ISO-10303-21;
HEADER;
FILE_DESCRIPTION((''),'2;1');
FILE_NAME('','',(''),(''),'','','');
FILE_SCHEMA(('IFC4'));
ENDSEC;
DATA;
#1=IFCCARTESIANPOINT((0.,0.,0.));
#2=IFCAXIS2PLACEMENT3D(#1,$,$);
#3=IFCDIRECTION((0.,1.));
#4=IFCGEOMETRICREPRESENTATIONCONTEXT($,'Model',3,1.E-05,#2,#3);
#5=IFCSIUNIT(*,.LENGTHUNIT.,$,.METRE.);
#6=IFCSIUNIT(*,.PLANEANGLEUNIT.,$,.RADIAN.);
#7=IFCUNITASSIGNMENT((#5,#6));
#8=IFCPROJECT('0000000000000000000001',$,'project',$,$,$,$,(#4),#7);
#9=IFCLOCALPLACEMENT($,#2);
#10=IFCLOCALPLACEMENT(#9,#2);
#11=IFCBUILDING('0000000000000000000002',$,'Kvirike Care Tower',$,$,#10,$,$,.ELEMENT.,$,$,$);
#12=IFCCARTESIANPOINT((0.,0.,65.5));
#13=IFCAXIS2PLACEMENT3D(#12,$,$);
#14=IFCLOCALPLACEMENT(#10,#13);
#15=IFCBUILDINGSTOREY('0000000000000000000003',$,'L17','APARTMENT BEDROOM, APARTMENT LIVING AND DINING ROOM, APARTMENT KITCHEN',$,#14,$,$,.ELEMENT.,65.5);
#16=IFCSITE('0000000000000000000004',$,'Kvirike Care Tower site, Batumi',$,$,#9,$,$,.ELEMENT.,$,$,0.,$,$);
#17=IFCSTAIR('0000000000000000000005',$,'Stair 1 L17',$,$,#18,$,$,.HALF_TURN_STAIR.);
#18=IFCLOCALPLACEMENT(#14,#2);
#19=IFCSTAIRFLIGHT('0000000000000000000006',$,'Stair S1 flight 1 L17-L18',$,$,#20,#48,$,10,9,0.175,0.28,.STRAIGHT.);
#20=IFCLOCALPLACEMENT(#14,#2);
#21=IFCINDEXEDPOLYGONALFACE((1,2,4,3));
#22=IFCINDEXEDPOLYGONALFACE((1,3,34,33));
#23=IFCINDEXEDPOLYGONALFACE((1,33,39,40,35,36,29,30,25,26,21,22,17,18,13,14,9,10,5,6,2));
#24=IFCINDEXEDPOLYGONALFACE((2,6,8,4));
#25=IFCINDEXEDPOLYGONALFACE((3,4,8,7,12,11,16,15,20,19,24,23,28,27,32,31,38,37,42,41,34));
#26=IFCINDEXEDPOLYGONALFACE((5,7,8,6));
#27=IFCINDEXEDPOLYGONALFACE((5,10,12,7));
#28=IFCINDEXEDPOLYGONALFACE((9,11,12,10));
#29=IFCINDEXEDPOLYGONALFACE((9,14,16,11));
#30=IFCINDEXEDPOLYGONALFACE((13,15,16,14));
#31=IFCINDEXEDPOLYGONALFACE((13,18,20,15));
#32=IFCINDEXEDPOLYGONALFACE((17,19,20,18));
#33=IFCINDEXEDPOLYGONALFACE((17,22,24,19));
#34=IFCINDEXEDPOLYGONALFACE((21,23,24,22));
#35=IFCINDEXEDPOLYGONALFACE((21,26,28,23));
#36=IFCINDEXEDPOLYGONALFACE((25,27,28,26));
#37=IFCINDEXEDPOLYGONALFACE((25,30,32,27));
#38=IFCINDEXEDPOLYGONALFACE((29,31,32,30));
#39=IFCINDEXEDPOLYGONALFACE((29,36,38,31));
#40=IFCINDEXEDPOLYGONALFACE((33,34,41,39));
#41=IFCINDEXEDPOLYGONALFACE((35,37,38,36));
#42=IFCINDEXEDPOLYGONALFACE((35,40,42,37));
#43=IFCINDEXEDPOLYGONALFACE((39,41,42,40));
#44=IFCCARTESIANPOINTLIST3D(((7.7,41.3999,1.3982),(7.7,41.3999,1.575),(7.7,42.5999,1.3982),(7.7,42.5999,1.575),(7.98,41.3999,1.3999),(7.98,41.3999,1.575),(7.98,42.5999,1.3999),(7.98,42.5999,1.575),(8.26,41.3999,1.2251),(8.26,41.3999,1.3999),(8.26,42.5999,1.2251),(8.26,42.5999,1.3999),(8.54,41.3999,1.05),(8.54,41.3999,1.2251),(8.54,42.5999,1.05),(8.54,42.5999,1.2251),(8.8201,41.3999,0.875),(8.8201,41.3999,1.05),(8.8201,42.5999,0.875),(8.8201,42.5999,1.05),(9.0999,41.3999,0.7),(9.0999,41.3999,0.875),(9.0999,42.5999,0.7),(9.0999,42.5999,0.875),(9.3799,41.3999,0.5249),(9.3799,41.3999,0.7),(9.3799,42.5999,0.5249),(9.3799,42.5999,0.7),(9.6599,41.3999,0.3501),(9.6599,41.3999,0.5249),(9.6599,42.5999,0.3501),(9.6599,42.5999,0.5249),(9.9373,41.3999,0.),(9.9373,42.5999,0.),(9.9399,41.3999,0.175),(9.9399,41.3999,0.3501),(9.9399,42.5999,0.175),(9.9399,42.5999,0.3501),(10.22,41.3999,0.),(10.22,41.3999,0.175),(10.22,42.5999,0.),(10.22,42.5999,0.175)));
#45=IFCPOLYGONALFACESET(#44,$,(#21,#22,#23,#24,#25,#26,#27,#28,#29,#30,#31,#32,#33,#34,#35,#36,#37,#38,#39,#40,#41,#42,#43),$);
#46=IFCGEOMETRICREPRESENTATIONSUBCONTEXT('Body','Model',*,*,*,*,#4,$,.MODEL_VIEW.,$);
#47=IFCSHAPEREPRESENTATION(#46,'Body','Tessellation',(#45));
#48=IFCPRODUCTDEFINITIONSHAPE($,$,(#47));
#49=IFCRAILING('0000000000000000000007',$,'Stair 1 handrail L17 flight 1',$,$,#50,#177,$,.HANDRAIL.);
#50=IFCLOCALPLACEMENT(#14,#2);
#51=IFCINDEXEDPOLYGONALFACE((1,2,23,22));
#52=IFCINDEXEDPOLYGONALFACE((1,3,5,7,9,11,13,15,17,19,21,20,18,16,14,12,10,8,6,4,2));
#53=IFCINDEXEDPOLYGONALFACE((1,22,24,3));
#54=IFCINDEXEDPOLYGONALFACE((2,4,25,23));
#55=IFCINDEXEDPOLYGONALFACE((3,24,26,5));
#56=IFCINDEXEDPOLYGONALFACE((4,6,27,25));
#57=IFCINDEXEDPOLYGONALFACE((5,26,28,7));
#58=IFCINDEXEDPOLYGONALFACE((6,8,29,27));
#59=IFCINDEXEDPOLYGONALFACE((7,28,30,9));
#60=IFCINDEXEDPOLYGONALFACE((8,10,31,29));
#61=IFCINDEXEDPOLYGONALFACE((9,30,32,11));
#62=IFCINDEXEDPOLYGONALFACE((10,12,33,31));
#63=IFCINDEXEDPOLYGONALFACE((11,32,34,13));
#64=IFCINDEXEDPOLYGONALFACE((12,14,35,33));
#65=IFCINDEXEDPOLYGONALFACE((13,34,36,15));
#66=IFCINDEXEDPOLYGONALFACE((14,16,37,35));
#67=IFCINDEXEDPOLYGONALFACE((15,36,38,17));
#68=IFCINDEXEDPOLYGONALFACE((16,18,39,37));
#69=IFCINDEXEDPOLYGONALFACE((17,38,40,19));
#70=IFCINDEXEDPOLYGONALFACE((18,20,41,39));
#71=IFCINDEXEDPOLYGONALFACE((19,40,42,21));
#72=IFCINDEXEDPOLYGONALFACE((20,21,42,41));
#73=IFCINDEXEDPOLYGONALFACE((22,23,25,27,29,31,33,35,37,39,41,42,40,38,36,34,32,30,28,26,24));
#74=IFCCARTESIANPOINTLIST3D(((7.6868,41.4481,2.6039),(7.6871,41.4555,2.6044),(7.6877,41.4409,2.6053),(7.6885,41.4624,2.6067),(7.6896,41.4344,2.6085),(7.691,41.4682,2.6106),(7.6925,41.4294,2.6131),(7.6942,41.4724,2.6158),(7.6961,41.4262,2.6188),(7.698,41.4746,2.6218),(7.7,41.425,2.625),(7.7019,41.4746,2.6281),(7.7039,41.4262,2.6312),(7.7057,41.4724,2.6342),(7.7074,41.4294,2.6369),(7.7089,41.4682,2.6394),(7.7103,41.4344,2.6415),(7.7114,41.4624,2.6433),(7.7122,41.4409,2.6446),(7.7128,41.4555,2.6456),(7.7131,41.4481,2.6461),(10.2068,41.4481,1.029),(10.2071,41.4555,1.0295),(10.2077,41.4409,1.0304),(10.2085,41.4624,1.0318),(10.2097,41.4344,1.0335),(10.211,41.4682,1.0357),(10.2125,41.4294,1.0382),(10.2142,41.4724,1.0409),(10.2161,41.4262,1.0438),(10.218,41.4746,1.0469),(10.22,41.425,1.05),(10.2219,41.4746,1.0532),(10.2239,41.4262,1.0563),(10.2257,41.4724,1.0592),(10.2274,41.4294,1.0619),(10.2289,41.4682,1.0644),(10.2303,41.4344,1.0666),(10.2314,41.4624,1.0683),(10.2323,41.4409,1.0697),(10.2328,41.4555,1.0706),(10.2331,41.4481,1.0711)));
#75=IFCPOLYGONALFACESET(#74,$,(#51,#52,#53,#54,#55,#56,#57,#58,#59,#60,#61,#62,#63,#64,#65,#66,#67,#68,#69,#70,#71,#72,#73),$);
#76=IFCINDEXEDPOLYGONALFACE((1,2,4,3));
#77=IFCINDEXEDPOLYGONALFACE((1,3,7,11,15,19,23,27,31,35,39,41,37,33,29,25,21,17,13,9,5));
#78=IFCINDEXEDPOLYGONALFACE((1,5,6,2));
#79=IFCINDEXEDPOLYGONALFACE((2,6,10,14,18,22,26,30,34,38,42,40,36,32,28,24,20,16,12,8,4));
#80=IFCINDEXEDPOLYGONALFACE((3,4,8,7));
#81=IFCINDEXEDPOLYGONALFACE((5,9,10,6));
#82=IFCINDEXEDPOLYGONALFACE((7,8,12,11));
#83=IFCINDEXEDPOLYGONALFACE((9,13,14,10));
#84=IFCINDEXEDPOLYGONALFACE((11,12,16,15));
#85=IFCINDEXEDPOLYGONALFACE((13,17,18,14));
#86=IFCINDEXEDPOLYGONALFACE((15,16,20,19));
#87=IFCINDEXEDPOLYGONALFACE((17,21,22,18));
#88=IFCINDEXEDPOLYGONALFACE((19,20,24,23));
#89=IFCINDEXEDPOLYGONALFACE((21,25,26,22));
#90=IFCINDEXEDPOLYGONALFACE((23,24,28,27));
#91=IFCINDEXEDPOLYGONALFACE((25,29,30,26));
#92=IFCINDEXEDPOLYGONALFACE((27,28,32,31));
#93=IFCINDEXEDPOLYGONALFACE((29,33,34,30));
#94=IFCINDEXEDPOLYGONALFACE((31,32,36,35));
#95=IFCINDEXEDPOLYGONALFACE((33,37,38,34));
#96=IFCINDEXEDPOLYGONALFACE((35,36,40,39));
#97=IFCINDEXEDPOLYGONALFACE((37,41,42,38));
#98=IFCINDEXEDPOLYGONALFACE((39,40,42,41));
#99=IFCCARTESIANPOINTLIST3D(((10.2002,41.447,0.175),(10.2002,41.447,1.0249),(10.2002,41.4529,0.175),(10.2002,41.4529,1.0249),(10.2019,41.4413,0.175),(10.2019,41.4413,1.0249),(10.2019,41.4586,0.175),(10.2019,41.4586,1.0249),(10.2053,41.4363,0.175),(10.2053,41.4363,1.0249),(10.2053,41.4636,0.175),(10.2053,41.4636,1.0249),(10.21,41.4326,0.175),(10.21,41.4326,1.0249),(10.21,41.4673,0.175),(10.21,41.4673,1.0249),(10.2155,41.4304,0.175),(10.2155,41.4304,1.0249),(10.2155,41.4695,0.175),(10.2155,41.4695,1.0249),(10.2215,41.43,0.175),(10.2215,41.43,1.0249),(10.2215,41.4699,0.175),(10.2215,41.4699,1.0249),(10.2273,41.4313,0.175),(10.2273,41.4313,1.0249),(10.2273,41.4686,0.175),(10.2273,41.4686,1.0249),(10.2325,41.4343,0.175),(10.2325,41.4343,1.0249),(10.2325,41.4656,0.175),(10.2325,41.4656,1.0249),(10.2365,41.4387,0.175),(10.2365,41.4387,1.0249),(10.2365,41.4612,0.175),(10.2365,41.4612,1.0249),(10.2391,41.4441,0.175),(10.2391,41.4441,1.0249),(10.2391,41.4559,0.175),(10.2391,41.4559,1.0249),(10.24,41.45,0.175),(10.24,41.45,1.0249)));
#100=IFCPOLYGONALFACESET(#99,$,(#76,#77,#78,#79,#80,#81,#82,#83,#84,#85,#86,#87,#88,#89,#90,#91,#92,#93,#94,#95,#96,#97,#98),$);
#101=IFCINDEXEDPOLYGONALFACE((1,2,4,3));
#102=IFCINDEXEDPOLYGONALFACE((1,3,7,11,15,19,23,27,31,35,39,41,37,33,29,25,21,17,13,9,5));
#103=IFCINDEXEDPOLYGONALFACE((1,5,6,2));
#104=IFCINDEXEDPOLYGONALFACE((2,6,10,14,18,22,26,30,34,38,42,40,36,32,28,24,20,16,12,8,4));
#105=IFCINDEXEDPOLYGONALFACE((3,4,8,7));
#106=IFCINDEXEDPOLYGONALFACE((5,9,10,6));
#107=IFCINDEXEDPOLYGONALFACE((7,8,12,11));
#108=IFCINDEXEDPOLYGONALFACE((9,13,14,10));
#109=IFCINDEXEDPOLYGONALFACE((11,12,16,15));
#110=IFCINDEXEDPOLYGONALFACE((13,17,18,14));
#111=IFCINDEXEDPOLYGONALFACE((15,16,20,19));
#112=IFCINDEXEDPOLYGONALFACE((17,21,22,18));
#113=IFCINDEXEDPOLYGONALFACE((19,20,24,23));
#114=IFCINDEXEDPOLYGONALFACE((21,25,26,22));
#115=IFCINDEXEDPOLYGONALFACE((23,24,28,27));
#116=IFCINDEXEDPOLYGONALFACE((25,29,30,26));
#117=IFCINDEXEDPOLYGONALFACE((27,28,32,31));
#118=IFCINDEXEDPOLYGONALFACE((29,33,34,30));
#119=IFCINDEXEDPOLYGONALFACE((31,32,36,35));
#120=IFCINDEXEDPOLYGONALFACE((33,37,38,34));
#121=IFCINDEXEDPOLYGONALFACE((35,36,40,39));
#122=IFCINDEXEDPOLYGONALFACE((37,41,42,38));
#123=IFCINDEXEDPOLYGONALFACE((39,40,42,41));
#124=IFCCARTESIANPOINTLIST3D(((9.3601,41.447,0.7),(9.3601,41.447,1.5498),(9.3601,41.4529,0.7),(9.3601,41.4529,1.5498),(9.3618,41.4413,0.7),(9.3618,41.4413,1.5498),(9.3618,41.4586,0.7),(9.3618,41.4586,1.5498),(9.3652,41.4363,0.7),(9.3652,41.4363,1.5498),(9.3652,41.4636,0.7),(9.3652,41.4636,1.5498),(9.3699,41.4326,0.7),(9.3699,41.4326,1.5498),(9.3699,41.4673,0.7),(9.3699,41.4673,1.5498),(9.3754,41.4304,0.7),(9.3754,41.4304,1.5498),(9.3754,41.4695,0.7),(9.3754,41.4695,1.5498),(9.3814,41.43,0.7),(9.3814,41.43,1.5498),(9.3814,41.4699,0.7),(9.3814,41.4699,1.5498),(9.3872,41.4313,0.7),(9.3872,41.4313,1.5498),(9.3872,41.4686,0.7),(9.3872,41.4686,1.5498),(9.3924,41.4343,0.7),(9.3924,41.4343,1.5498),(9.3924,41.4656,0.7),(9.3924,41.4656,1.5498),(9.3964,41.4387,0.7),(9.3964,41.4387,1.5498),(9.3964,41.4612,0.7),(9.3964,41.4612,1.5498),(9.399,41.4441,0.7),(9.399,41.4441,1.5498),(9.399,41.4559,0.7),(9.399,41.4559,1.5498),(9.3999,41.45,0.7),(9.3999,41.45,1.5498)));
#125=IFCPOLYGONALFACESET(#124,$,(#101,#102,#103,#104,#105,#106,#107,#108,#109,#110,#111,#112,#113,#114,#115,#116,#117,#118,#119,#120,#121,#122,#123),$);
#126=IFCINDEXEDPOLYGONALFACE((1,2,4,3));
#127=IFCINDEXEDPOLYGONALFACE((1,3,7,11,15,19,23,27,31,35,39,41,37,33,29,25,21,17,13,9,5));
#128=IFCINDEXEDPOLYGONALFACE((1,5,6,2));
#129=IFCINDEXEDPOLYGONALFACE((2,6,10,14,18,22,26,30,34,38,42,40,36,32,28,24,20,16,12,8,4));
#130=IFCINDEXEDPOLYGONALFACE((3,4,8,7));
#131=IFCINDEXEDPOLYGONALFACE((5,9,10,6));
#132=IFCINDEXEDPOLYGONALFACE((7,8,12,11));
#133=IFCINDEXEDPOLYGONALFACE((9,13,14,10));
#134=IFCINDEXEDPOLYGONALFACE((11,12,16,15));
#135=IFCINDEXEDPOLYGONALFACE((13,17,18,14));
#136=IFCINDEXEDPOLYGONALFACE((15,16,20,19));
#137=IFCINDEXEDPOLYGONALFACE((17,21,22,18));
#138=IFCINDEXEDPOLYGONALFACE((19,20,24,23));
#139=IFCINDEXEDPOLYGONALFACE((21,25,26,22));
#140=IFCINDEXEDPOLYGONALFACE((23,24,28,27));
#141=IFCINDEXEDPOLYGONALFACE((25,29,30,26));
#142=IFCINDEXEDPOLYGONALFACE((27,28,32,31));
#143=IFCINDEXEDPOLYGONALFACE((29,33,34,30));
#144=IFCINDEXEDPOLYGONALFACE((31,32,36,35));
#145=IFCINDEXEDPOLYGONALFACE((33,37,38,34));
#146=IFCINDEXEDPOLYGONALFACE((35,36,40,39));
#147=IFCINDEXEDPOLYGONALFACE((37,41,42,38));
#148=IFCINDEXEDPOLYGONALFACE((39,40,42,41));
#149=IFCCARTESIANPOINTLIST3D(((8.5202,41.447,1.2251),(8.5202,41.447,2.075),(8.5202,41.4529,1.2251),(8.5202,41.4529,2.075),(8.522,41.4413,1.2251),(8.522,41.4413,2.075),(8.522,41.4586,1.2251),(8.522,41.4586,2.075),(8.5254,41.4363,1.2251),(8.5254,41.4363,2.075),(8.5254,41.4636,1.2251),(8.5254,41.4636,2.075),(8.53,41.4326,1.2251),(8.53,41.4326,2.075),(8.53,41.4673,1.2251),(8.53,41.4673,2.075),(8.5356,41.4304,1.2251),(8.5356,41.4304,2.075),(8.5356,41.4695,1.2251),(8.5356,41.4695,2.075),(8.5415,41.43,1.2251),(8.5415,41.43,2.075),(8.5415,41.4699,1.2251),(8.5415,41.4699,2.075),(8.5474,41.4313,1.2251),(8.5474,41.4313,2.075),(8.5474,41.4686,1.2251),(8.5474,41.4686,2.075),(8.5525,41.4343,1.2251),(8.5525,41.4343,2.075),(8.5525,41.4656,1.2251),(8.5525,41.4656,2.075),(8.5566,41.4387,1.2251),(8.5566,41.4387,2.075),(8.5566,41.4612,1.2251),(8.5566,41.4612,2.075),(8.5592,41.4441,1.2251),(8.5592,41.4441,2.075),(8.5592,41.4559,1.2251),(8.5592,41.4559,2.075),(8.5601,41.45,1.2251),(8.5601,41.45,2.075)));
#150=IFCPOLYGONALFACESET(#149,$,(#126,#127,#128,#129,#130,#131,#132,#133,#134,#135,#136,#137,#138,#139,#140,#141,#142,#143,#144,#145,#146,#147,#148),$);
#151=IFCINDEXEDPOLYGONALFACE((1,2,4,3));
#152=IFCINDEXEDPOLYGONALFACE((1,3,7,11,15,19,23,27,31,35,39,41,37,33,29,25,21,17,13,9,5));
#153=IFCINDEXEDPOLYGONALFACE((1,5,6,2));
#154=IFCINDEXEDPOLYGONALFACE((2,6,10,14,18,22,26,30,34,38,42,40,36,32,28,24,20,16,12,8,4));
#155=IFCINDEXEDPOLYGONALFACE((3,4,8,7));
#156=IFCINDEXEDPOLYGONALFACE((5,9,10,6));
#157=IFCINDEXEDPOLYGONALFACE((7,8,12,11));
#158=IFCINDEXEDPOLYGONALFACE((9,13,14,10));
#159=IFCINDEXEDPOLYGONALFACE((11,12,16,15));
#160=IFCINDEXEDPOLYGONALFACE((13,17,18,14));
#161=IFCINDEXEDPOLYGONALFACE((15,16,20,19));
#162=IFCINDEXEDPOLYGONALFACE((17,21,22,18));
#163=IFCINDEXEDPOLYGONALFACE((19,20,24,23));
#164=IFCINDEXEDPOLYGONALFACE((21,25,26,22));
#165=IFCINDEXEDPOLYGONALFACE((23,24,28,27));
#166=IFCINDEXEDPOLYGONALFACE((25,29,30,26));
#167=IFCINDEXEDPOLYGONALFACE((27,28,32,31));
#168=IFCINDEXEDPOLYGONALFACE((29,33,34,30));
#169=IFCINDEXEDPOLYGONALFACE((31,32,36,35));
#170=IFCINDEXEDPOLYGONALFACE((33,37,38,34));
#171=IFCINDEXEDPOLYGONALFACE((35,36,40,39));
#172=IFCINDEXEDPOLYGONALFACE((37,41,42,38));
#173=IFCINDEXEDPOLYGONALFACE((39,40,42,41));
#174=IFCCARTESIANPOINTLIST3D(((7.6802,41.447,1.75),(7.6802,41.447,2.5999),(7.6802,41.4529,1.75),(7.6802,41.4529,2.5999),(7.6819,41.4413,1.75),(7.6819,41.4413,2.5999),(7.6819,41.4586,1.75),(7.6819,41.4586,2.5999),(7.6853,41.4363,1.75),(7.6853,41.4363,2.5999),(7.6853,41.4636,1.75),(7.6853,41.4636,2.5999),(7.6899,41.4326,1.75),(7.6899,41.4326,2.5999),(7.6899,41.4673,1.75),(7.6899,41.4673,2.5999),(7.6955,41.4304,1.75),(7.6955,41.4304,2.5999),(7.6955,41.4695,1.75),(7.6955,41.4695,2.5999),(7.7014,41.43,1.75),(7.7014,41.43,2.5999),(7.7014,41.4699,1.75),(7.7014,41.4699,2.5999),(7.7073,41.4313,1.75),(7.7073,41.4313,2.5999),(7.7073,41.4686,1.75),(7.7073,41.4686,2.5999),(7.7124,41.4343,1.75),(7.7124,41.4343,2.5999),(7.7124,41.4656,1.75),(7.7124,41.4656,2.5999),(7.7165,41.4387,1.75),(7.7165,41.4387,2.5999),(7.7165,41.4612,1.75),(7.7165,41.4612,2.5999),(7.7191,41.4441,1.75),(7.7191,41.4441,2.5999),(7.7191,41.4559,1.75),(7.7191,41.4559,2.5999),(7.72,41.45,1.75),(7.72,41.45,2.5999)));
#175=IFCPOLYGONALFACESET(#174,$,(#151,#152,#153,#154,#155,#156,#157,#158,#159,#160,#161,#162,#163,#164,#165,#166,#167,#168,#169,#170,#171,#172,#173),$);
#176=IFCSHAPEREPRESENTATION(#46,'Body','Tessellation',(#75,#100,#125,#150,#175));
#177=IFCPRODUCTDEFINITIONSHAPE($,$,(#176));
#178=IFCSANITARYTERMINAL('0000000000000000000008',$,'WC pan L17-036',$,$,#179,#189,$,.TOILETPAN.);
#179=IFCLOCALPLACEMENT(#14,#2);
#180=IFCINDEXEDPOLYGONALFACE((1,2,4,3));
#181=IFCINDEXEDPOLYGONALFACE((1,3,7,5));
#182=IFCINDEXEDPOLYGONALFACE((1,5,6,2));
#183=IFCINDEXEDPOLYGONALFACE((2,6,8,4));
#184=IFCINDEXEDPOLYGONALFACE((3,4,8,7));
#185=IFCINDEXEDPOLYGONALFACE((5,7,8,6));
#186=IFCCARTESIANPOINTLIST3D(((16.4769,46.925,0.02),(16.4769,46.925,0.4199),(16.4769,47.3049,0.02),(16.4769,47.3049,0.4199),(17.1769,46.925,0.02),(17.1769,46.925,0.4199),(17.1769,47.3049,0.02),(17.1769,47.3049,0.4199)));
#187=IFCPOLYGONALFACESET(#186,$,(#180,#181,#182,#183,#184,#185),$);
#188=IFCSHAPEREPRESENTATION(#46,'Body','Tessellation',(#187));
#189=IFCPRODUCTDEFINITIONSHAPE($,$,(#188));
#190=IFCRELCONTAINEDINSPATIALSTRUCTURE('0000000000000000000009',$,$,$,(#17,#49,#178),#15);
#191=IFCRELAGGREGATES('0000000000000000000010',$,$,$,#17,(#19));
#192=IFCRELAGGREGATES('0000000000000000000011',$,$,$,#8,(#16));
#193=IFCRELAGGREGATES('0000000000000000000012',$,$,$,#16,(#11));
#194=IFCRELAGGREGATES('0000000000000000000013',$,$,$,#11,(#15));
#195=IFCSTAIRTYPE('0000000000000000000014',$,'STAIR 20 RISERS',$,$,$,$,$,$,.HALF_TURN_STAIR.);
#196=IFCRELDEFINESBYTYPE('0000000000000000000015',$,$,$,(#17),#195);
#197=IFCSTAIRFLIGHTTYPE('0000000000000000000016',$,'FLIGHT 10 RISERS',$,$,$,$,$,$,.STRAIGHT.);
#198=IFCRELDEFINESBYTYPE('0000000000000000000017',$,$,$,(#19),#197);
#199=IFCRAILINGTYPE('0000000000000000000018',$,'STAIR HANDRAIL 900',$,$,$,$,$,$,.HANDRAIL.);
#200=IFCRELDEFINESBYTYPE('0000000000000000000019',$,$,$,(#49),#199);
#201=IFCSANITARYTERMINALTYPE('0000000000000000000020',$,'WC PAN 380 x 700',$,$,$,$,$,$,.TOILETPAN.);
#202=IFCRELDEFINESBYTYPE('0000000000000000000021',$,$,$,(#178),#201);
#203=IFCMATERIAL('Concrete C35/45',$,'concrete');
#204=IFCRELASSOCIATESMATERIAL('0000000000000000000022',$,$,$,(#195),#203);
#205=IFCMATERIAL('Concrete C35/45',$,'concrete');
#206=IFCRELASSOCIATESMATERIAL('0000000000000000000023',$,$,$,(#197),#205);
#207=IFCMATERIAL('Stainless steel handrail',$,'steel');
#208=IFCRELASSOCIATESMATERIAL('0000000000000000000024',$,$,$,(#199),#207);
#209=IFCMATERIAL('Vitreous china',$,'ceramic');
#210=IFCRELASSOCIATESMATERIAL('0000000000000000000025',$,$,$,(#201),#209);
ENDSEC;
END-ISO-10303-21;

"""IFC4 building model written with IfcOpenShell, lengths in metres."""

from ifc_helpers import new_model, si_unit, direction, frame, origin, origin_2d, place, context, subcontext, project, spatial, polyline, rectangle, circle, outline, extrude, material, type_object, element, aggregate, save


model = new_model("IFC4")

# Units and contexts
model_context = context("Model", 3, precision=1e-05, world=origin(), true_north=direction((0.0, 1.0)))
body_context = subcontext(model_context, "Body", "Model", "MODEL_VIEW")
ifc_project = project(units=[si_unit("LENGTHUNIT", "METRE"), si_unit("PLANEANGLEUNIT", "RADIAN")], contexts=[model_context])

# Site, building, storey
site_placement = place(None, origin())
site = spatial("IfcSite", under=ifc_project, at=site_placement, Name="Kvirike Care Tower site, Batumi", CompositionType="ELEMENT", RefElevation=0.0)
building_placement = place(site_placement, origin())
building = spatial("IfcBuilding", under=site, at=building_placement, Name="Kvirike Care Tower", CompositionType="ELEMENT")
storey_placement = place(building_placement, frame((0.0, 0.0, 65.5)))
storey = spatial("IfcBuildingStorey", under=building, at=storey_placement, Name="L17", Description="APARTMENT BEDROOM, APARTMENT LIVING AND DINING ROOM, APARTMENT KITCHEN", CompositionType="ELEMENT", Elevation=65.5)

# Stair, stair flight
ifc_material_1 = material(Name="Concrete C35/45", Category="concrete")
stair_type = type_object("IfcStairType", Name="STAIR 20 RISERS", PredefinedType="HALF_TURN_STAIR", material=ifc_material_1)
stair_placement = place(storey_placement, origin())
stair = element("IfcStair", 1, at=stair_placement, inside=storey, type_object=stair_type, Name="Stair 1 L17", PredefinedType="HALF_TURN_STAIR")
ifc_material_2 = material(Name="Concrete C35/45", Category="concrete")
stair_flight_type = type_object("IfcStairFlightType", Name="FLIGHT 10 RISERS", PredefinedType="STRAIGHT", material=ifc_material_2)
stair_flight_placement = place(storey_placement, frame((10.22, 42.0, 0.0), z_axis=(0.0, 0.0, 1.0), x_axis=(-1.0, 0.0, 0.0)))
stair_flight = element("IfcStairFlight", 2, at=stair_flight_placement, type_object=stair_flight_type, Name="Stair S1 flight 1 L17-L18", NumberOfRisers=10, NumberOfTreads=9, PredefinedType="STRAIGHT", RiserHeight=0.175, TreadLength=0.28, context=body_context, shape_type="SweptSolid", body=[
    extrude(outline(polyline([(0.0, 0.0), (0.0, 0.175), (0.28, 0.175), (0.28, 0.3501), (0.5601, 0.3501), (0.5601, 0.5249), (0.8401, 0.5249), (0.8401, 0.7), (1.1201, 0.7), (1.1201, 0.875), (1.3999, 0.875), (1.3999, 1.05), (1.6799, 1.05), (1.6799, 1.2251), (1.96, 1.2251), (1.96, 1.3999), (2.24, 1.3999), (2.24, 1.575), (2.52, 1.575), (2.52, 1.75), (2.52, 1.3982), (0.2827, 0.0), (0.0, 0.0)])), frame((0.0, 0.6001, 0.0), z_axis=(0.0, -1.0, 0.0), x_axis=(1.0, 0.0, 0.0)), (0.0, 0.0, 1.0), 1.2),
])
aggregate(stair, [stair_flight])

# Railing
ifc_material_3 = material(Name="Stainless steel handrail", Category="steel")
railing_type = type_object("IfcRailingType", Name="STAIR HANDRAIL 900", PredefinedType="HANDRAIL", material=ifc_material_3)
railing_placement = place(storey_placement, frame((10.22, 41.45, 0.175)))
element("IfcRailing", 3, at=railing_placement, inside=storey, type_object=railing_type, Name="Stair 1 handrail L17 flight 1", PredefinedType="HANDRAIL", context=body_context, shape_type="SweptSolid", body=[
    extrude(circle(Radius=0.0249, at=origin_2d()), frame((0.0, 0.0, 0.875), z_axis=(-0.848008, 0.0, 0.529984), x_axis=(0.0, -1.0, 0.0)), (0.0, 0.0, 1.0), 2.9717),
    extrude(circle(Radius=0.02, at=origin_2d()), origin(), (0.0, 0.0, 1.0), 0.8499),
    extrude(circle(Radius=0.02, at=origin_2d()), frame((-0.8401, 0.0, 0.5249)), (0.0, 0.0, 1.0), 0.8499),
    extrude(circle(Radius=0.02, at=origin_2d()), frame((-1.6799, 0.0, 1.05)), (0.0, 0.0, 1.0), 0.8499),
    extrude(circle(Radius=0.02, at=origin_2d()), frame((-2.52, 0.0, 1.575)), (0.0, 0.0, 1.0), 0.8499),
])

# Sanitary terminal
ifc_material_4 = material(Name="Vitreous china", Category="ceramic")
sanitary_terminal_type = type_object("IfcSanitaryTerminalType", Name="WC PAN 380 x 700", PredefinedType="TOILETPAN", material=ifc_material_4)
sanitary_terminal_placement = place(storey_placement, frame((16.8269, 47.115, 0.02), z_axis=(0.0, 0.0, 1.0), x_axis=(0.0, 1.0, 0.0)))
element("IfcSanitaryTerminal", 4, at=sanitary_terminal_placement, inside=storey, type_object=sanitary_terminal_type, Name="WC pan L17-036", PredefinedType="TOILETPAN", context=body_context, shape_type="SweptSolid", body=[
    extrude(rectangle(XDim=0.3799, YDim=0.7, at=origin_2d()), origin(), (0.0, 0.0, 1.0), 0.3999),
])

save(model, "model.ifc")
